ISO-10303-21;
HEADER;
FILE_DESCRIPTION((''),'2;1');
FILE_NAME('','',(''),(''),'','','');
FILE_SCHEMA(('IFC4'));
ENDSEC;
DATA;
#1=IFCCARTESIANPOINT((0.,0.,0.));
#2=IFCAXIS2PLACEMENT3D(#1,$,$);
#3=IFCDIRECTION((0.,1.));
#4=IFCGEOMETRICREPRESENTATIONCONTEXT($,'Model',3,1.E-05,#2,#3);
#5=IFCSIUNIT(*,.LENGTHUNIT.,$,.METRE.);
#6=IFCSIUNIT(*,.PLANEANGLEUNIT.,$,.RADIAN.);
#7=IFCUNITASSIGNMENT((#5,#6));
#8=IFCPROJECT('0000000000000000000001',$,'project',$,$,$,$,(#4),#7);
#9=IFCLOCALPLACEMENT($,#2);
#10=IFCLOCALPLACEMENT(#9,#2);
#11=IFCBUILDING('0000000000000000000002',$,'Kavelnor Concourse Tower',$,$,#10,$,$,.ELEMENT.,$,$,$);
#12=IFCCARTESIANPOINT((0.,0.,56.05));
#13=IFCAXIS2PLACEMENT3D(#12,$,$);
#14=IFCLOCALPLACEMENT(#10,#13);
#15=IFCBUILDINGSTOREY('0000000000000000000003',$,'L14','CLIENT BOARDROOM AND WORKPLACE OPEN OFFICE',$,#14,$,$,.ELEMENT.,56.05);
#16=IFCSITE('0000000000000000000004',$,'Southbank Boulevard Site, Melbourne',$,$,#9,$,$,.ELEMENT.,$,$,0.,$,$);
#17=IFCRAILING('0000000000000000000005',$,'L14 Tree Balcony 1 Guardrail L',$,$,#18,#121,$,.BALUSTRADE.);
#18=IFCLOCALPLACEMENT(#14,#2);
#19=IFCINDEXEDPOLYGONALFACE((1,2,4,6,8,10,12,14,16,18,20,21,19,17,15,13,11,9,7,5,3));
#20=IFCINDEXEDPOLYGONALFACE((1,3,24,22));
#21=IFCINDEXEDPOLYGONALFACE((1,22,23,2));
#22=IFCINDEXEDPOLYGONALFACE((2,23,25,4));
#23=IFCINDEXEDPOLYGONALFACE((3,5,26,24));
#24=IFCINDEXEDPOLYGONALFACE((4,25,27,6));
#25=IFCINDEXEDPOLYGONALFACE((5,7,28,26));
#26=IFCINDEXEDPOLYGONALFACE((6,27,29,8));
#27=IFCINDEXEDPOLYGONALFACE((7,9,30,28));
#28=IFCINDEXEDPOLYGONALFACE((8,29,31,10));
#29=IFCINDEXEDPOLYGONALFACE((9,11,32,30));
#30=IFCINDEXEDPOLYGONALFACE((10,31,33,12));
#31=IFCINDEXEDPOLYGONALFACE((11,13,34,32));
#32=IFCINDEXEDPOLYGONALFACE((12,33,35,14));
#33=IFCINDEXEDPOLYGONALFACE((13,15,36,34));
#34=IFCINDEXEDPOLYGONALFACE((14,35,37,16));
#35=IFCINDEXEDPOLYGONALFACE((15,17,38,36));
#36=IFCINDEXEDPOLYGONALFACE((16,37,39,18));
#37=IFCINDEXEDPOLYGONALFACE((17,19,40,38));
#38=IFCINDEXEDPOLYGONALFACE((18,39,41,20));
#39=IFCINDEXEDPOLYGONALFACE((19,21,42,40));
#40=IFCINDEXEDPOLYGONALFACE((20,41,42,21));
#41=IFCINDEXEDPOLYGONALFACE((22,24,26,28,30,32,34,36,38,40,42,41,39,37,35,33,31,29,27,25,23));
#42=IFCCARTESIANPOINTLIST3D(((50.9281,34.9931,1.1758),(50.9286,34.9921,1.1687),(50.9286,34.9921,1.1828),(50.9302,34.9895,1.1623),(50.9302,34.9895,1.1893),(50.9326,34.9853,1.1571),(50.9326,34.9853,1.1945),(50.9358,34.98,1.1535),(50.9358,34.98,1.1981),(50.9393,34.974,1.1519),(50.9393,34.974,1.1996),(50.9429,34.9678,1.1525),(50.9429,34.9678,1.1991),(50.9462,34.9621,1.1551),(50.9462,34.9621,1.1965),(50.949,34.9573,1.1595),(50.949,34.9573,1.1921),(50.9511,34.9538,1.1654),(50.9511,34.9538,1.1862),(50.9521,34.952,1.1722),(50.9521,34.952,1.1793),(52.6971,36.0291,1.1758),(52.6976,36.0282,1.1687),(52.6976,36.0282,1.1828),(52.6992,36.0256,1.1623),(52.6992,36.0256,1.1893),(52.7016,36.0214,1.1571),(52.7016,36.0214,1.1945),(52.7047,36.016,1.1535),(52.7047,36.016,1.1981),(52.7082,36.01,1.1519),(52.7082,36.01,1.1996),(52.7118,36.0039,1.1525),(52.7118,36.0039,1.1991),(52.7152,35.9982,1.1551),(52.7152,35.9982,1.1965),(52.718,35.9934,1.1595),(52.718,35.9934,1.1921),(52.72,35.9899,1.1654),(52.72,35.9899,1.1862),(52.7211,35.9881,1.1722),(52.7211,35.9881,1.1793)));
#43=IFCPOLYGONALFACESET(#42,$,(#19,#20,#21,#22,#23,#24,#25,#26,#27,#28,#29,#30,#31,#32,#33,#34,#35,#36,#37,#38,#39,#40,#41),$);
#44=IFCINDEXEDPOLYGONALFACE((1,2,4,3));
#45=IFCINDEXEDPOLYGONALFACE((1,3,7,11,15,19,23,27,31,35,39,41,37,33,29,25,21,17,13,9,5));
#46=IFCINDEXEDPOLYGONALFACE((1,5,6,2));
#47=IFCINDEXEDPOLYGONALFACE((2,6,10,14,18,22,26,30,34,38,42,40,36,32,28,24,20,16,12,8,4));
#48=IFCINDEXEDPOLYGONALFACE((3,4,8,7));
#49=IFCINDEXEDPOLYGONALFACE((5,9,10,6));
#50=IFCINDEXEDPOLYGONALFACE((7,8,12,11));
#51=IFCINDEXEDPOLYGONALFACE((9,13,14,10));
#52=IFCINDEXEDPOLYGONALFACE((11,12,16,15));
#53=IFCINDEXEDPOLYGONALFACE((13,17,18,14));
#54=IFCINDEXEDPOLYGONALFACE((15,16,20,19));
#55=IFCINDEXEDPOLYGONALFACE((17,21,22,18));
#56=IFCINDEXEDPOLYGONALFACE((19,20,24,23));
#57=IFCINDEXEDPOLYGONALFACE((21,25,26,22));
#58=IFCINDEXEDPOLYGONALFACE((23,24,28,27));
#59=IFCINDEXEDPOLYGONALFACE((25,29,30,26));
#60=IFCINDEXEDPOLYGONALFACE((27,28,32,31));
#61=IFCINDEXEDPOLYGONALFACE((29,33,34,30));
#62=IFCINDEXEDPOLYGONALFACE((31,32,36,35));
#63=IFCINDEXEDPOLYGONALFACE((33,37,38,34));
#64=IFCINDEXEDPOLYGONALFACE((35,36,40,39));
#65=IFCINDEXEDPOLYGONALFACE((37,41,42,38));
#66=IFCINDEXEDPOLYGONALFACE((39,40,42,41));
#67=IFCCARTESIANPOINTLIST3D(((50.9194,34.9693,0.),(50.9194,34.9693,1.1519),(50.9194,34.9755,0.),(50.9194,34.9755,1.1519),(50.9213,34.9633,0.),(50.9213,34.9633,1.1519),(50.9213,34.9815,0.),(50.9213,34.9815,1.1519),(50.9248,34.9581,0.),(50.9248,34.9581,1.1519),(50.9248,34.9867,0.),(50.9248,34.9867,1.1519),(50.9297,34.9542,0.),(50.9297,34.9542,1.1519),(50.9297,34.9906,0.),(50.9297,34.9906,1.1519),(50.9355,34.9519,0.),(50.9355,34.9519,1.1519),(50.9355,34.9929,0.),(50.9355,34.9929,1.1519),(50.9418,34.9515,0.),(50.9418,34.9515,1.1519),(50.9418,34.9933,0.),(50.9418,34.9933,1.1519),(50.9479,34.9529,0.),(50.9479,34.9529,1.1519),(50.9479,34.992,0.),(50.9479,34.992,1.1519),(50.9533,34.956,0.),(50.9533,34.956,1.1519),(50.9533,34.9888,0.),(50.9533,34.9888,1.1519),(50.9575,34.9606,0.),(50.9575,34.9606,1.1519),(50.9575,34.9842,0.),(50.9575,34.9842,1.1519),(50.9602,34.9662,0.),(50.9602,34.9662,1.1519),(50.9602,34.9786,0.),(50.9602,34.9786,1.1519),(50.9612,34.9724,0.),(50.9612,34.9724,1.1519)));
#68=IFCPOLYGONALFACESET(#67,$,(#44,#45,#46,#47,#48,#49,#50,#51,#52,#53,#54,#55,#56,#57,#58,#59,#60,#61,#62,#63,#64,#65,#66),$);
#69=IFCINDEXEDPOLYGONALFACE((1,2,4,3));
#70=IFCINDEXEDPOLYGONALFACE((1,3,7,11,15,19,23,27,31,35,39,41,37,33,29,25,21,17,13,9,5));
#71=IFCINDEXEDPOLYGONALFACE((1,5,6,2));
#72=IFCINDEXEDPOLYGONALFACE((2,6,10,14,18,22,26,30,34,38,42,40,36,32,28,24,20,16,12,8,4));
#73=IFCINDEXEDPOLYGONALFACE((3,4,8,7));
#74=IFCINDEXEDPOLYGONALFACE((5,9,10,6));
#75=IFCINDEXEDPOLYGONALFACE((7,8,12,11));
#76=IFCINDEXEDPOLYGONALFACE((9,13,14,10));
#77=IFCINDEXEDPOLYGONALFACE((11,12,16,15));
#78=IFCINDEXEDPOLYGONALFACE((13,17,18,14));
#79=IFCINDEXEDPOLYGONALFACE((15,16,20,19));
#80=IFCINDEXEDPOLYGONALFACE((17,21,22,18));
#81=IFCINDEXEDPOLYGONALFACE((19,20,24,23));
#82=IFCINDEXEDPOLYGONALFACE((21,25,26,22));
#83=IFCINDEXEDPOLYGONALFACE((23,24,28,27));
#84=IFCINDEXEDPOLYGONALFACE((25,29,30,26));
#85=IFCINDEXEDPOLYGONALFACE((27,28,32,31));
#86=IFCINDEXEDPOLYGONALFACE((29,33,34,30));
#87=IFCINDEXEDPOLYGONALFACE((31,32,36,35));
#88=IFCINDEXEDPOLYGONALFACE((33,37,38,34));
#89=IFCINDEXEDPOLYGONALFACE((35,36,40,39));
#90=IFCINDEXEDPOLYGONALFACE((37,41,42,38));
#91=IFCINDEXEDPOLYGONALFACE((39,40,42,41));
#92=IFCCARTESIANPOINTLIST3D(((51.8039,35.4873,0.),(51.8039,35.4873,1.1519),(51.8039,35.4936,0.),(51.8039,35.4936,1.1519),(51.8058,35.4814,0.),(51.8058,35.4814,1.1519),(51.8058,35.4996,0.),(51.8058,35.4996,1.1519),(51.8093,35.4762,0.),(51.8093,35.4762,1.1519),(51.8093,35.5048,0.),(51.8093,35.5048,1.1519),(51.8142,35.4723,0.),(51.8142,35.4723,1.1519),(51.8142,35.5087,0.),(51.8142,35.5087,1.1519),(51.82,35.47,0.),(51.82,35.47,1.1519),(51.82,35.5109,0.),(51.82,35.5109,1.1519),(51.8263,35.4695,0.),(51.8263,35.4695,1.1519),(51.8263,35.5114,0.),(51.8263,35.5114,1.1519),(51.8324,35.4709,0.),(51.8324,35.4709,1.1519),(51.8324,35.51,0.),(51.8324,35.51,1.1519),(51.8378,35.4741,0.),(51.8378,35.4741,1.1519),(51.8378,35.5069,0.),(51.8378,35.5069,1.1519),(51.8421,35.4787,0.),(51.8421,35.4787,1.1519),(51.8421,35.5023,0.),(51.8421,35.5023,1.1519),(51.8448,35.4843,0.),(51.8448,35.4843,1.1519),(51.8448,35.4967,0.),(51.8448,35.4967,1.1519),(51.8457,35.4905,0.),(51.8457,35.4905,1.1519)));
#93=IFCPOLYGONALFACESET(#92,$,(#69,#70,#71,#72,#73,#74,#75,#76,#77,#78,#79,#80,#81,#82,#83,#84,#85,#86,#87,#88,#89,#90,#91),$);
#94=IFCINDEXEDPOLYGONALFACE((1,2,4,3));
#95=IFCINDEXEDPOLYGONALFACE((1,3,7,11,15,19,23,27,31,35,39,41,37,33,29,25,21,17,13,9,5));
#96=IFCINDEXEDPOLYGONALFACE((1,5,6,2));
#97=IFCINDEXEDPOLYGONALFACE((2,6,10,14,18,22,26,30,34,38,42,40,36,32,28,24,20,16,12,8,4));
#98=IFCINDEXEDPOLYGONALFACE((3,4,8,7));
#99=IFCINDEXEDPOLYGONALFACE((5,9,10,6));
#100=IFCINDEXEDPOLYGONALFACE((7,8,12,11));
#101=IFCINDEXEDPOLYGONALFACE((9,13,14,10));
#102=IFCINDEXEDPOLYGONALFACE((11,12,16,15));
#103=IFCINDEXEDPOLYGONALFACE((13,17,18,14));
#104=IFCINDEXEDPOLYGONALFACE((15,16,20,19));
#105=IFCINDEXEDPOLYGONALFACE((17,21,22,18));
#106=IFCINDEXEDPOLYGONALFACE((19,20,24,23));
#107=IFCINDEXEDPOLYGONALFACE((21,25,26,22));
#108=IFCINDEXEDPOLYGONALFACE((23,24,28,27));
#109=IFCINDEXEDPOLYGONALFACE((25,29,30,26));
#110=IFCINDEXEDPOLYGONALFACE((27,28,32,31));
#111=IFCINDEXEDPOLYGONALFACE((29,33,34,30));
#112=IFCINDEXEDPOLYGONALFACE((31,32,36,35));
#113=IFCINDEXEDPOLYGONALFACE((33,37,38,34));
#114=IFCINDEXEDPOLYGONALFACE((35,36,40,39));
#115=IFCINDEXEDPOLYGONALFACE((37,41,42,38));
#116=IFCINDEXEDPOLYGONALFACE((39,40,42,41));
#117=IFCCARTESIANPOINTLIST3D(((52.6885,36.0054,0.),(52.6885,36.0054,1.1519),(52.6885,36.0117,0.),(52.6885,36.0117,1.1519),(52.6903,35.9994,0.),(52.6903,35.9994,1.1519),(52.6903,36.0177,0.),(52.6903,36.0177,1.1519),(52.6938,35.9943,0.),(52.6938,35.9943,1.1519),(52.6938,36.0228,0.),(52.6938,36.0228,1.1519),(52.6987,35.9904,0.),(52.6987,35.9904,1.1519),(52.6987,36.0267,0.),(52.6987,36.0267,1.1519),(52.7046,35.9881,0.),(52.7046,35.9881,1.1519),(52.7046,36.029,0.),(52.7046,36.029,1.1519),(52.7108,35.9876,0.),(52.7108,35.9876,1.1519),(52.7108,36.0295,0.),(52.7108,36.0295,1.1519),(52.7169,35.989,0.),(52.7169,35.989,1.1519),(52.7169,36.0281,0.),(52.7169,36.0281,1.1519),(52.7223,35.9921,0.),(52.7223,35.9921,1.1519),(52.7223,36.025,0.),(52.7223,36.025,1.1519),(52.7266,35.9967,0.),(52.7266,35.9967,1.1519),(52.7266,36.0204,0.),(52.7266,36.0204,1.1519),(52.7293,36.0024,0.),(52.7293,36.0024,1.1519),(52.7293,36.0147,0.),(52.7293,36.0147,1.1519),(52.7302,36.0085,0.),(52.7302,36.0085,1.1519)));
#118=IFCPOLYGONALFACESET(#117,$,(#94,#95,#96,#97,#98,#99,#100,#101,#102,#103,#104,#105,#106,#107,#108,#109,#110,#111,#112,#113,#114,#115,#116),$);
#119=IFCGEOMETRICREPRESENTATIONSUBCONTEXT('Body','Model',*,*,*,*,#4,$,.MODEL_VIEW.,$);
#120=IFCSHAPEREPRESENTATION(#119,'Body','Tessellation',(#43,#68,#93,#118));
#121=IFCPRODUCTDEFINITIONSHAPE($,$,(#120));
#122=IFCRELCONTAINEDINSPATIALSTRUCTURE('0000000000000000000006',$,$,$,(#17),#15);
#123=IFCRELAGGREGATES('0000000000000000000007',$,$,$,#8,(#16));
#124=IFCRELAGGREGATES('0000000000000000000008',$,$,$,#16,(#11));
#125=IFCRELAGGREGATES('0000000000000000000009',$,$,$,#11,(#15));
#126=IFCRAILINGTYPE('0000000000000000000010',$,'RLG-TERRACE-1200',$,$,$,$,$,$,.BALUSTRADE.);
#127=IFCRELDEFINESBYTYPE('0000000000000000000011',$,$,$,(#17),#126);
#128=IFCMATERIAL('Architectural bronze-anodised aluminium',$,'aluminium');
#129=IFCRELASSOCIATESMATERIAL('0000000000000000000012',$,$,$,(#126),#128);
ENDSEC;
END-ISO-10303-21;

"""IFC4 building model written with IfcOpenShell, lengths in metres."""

from ifc_helpers import new_model, si_unit, direction, frame, origin, origin_2d, place, context, subcontext, project, spatial, circle, extrude, material, type_object, element, save


model = new_model("IFC4")

# Units and contexts
model_context = context("Model", 3, precision=1e-05, world=origin(), true_north=direction((0.0, 1.0)))
body_context = subcontext(model_context, "Body", "Model", "MODEL_VIEW")
ifc_project = project(units=[si_unit("LENGTHUNIT", "METRE"), si_unit("PLANEANGLEUNIT", "RADIAN")], contexts=[model_context])

# Site, building, storey
site_placement = place(None, origin())
site = spatial("IfcSite", under=ifc_project, at=site_placement, Name="Southbank Boulevard Site, Melbourne", CompositionType="ELEMENT", RefElevation=0.0)
building_placement = place(site_placement, origin())
building = spatial("IfcBuilding", under=site, at=building_placement, Name="Kavelnor Concourse Tower", CompositionType="ELEMENT")
storey_placement = place(building_placement, frame((0.0, 0.0, 56.05)))
storey = spatial("IfcBuildingStorey", under=building, at=storey_placement, Name="L14", Description="CLIENT BOARDROOM AND WORKPLACE OPEN OFFICE", CompositionType="ELEMENT", Elevation=56.05)

# Railing
ifc_material_1 = material(Name="Architectural bronze-anodised aluminium", Category="aluminium")
railing_type = type_object("IfcRailingType", Name="RLG-TERRACE-1200", PredefinedType="BALUSTRADE", material=ifc_material_1)
railing_1_placement = place(storey_placement, frame((50.9402, 34.9724, 0.0)))
element("IfcRailing", 1, at=railing_1_placement, inside=storey, type_object=railing_type, Name="L14 Tree Balcony 1 Guardrail L", PredefinedType="BALUSTRADE", context=body_context, shape_type="SweptSolid", body=[
    extrude(circle(Radius=0.0239, at=origin_2d()), frame((0.0, 0.0, 1.1758), z_axis=(0.862888, 0.505396, 0.0), x_axis=(-0.505396, 0.862888, 0.0)), (0.0, 0.0, 1.0), 2.05),
    extrude(circle(Radius=0.021, at=origin_2d()), origin(), (0.0, 0.0, 1.0), 1.1519),
    extrude(circle(Radius=0.021, at=origin_2d()), frame((0.8845, 0.5181, 0.0)), (0.0, 0.0, 1.0), 1.1519),
    extrude(circle(Radius=0.021, at=origin_2d()), frame((1.769, 1.0361, 0.0)), (0.0, 0.0, 1.0), 1.1519),
])

save(model, "model.ifc")
